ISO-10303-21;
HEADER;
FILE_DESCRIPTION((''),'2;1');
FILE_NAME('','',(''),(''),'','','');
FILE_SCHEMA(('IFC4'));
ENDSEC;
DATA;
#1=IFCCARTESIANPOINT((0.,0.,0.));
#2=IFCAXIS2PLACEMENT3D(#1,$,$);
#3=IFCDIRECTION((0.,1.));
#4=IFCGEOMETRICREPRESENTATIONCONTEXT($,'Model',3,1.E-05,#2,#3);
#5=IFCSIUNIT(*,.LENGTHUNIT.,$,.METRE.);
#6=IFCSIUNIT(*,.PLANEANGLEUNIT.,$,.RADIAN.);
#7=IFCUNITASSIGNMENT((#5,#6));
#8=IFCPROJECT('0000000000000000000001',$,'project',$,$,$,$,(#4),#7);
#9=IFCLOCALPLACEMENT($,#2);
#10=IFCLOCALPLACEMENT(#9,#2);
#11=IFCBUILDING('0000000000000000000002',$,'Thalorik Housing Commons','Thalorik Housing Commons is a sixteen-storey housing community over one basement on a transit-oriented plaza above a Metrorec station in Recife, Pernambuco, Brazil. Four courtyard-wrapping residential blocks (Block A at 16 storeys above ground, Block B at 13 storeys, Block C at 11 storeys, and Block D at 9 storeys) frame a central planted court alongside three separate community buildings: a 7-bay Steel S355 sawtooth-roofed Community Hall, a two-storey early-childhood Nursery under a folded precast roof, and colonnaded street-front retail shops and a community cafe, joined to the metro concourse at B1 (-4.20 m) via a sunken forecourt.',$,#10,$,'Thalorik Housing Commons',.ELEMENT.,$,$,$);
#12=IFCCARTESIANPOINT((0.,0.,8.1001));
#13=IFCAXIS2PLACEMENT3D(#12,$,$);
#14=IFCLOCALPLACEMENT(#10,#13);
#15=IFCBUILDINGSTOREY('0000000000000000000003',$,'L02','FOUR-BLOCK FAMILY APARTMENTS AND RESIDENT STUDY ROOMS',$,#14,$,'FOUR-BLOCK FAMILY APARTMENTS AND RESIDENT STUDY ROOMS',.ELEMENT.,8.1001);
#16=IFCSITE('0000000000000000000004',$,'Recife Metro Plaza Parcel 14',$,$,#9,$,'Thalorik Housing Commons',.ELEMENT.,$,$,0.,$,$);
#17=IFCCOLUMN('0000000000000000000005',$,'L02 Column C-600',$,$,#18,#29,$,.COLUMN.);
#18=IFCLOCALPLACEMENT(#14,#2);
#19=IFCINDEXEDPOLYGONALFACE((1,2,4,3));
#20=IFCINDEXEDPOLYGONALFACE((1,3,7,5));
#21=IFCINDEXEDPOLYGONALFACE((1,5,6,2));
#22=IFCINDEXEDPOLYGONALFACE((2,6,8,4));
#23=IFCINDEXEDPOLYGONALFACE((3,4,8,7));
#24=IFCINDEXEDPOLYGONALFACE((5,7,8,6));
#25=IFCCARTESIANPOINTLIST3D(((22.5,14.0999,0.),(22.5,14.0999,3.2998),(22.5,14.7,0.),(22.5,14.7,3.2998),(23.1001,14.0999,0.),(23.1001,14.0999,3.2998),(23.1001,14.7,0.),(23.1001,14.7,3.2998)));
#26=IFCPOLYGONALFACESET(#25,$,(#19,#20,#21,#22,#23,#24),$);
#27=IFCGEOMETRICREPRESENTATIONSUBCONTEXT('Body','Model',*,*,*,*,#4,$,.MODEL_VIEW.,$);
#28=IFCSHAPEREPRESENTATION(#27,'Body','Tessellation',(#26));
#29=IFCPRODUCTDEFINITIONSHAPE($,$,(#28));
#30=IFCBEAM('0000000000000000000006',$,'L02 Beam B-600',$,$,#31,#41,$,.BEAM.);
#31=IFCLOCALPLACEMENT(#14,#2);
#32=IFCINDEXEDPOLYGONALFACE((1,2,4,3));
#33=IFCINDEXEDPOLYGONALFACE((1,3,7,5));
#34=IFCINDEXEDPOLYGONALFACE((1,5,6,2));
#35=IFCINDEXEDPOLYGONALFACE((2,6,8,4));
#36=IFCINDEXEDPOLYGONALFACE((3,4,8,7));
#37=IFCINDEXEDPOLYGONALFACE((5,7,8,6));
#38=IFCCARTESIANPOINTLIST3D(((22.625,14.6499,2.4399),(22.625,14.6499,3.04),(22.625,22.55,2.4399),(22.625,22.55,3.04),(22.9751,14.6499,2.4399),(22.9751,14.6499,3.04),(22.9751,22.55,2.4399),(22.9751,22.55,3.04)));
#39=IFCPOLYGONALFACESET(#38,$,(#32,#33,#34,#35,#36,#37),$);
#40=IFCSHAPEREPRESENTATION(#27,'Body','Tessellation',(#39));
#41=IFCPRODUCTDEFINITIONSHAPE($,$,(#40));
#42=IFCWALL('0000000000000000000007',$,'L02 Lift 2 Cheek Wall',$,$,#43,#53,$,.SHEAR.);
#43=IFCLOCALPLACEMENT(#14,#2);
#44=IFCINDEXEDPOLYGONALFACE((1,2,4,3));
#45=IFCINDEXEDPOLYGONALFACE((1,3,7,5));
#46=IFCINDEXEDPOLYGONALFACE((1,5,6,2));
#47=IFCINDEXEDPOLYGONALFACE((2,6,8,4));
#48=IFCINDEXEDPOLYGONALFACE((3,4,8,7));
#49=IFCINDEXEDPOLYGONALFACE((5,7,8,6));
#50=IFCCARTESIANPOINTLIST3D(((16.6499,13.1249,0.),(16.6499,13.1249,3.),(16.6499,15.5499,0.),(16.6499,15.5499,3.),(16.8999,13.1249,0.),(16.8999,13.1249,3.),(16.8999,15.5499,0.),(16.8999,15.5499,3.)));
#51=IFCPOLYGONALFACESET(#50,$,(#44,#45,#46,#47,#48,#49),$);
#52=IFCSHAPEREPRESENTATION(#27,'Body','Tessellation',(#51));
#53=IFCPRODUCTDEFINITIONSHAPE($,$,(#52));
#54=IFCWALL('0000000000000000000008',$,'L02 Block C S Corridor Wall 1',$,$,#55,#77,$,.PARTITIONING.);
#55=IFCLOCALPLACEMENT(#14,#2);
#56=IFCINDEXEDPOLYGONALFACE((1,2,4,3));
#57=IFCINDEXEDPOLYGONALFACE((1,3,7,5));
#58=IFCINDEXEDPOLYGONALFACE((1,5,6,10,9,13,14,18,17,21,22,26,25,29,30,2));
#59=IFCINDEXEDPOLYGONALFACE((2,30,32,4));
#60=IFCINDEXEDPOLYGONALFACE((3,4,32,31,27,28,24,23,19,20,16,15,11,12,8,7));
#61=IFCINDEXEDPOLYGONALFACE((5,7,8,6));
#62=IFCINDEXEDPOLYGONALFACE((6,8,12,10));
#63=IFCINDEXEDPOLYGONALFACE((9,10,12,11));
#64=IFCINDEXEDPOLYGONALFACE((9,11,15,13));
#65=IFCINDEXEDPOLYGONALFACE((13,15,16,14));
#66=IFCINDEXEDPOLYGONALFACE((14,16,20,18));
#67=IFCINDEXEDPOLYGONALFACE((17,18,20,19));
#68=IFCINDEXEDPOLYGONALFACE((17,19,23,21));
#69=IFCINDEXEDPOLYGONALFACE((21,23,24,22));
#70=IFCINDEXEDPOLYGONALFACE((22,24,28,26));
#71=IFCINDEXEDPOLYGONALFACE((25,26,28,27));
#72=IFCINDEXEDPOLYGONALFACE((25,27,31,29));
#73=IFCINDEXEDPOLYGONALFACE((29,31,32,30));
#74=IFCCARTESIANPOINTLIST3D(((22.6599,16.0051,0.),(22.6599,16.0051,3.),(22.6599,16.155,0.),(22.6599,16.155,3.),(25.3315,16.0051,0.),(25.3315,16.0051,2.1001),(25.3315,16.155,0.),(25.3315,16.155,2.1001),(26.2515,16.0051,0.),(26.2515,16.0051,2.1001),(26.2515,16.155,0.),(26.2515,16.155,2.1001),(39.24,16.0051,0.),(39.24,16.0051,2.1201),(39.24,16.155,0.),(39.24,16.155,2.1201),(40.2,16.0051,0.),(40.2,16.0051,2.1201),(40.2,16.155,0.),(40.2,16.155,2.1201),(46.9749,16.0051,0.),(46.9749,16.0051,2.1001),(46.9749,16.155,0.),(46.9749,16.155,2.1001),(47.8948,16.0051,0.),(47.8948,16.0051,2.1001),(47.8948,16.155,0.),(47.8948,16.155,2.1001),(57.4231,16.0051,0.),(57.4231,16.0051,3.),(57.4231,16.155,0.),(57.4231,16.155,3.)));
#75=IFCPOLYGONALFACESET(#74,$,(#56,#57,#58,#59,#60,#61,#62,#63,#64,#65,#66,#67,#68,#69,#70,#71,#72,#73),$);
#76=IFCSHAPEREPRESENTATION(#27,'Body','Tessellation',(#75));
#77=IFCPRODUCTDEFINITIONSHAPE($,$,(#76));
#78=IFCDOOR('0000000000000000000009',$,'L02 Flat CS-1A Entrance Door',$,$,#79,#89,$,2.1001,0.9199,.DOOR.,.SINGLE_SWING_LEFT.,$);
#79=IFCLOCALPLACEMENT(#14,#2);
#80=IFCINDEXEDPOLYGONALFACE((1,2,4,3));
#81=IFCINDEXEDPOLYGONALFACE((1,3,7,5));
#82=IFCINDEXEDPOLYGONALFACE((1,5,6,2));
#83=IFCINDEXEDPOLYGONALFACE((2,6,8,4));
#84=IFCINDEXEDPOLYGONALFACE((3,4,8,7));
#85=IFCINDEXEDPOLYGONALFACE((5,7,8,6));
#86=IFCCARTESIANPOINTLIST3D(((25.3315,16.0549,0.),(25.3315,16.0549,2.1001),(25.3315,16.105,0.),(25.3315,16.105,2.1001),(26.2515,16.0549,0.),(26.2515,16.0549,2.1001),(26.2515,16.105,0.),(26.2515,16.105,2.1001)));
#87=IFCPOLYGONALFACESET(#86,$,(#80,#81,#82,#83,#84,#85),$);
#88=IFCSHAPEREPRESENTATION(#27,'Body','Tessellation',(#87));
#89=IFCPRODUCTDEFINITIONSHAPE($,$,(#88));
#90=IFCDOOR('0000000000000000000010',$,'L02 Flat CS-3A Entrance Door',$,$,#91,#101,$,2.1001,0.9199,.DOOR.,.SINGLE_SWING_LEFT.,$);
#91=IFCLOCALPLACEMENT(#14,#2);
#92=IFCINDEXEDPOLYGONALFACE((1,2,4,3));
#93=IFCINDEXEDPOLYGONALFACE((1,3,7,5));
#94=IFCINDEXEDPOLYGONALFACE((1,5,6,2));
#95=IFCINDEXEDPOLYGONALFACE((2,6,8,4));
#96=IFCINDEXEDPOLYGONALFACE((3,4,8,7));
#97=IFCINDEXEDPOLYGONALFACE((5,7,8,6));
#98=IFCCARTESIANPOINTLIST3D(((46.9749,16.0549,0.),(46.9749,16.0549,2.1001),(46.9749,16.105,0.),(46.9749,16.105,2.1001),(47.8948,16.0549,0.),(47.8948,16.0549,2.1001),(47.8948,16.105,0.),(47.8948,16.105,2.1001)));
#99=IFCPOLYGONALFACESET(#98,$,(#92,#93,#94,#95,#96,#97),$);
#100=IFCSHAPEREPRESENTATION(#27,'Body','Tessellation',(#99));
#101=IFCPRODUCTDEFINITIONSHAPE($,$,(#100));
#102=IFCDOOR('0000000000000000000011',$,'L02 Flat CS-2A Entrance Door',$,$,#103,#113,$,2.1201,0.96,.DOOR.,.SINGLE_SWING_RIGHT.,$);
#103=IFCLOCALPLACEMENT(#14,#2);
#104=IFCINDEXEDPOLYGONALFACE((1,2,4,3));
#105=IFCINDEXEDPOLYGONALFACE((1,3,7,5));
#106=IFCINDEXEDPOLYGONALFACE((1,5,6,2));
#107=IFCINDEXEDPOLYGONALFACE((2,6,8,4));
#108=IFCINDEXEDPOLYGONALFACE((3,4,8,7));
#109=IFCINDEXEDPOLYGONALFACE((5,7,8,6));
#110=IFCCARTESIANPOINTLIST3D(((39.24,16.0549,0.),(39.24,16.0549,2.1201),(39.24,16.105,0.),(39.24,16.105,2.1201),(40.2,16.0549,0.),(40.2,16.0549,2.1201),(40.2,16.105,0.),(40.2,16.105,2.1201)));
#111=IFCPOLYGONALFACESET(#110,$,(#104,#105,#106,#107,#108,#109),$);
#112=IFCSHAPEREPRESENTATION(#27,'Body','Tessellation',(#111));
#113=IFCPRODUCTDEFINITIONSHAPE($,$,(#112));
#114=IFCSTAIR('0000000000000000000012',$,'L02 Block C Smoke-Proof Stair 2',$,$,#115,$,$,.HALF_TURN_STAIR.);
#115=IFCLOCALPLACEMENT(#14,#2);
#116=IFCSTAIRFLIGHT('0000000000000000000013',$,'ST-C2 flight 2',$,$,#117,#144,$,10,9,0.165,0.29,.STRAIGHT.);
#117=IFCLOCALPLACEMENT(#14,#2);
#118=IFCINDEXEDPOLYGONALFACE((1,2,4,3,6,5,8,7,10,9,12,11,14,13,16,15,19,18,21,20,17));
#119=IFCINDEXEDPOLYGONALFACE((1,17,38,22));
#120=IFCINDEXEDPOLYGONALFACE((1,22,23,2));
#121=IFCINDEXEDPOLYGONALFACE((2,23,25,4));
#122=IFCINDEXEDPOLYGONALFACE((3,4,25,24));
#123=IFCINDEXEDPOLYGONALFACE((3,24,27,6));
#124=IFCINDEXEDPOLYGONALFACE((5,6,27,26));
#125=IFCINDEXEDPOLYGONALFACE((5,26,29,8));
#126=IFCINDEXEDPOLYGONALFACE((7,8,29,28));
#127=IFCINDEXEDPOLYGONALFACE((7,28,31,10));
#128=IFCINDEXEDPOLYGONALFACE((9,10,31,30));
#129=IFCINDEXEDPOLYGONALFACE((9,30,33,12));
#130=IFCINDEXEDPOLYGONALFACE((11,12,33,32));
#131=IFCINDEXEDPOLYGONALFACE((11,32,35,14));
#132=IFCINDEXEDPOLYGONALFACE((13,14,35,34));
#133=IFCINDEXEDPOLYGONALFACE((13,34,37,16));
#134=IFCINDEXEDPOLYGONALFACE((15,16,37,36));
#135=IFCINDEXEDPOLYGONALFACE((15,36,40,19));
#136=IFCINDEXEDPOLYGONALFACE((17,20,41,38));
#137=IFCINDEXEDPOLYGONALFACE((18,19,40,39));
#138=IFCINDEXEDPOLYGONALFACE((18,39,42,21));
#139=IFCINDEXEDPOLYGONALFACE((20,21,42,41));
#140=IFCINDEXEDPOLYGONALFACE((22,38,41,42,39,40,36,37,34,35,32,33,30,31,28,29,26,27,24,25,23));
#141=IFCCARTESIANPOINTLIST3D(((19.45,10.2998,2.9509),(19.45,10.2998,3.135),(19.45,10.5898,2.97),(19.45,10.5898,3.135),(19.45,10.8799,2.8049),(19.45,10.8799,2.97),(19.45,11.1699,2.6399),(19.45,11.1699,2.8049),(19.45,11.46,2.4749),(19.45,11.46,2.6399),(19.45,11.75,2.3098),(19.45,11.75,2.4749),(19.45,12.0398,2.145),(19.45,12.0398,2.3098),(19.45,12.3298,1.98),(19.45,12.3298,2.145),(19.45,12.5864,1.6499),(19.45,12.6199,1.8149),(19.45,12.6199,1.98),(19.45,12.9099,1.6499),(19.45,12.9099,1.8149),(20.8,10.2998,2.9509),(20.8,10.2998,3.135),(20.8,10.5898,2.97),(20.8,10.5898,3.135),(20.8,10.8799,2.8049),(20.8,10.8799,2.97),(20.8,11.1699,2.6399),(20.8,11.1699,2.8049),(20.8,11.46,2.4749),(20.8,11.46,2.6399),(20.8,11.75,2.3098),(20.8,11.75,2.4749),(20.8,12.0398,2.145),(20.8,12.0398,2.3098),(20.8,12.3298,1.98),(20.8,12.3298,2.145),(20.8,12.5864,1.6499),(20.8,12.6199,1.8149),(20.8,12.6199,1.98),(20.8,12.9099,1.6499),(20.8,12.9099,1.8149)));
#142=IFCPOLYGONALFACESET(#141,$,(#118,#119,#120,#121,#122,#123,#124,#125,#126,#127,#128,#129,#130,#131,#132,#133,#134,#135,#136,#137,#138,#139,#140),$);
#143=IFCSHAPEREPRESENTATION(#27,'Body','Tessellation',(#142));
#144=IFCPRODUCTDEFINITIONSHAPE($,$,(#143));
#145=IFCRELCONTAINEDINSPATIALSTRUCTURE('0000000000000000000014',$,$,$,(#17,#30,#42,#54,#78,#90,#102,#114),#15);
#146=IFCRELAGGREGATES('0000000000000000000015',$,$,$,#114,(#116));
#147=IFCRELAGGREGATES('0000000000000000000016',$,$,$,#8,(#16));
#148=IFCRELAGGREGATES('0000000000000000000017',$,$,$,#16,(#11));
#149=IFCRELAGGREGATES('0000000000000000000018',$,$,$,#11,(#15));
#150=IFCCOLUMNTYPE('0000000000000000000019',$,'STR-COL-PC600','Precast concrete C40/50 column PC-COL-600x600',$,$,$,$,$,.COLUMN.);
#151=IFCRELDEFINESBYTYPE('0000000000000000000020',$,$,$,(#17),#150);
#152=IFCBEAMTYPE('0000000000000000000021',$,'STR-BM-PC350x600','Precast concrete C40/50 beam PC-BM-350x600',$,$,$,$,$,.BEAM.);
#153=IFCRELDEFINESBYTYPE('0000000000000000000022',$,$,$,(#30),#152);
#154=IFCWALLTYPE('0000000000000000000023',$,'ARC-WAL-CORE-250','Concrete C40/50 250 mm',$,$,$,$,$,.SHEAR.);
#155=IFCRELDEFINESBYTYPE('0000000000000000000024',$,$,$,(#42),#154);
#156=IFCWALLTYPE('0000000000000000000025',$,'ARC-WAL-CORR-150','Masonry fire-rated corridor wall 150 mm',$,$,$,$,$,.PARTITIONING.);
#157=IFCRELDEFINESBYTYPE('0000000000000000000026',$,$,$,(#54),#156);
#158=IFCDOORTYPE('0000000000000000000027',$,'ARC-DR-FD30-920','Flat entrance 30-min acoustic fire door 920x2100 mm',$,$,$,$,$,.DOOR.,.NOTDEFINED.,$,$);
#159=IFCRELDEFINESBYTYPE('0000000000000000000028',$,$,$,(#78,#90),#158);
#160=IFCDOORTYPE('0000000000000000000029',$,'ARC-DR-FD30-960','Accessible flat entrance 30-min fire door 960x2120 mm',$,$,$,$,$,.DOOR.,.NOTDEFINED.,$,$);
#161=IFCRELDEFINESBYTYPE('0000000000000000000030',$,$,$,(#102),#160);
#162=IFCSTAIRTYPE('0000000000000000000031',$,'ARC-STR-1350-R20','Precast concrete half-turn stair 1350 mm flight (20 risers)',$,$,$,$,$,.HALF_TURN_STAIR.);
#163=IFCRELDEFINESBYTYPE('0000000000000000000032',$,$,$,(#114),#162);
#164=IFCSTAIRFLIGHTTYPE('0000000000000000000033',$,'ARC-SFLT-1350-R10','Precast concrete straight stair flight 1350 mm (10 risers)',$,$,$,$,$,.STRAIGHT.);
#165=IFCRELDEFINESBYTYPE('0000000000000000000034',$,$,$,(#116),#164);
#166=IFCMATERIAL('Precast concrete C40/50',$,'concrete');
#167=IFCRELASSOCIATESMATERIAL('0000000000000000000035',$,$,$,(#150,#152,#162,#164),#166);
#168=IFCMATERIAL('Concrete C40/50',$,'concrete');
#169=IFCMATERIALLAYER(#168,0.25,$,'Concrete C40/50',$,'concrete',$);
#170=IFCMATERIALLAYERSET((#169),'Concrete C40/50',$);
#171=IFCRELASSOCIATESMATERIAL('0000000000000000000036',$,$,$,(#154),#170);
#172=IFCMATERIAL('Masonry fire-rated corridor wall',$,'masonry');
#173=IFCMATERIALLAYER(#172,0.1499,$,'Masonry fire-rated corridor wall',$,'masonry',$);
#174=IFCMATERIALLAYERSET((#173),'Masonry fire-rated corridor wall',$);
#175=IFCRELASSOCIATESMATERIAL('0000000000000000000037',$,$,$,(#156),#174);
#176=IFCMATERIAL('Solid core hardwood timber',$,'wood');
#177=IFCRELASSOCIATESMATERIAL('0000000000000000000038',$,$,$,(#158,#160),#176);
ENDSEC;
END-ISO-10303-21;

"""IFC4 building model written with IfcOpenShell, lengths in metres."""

from ifc_helpers import new_model, si_unit, direction, frame, frame_2d, origin, origin_2d, place, context, subcontext, project, spatial, polyline, rectangle, outline, extrude, material, layer, layer_set, material_profile, profile_set, type_object, element, fill, aggregate, save


model = new_model("IFC4")

# Units and contexts
model_context = context("Model", 3, precision=1e-05, world=origin(), true_north=direction((0.0, 1.0)))
body_context = subcontext(model_context, "Body", "Model", "MODEL_VIEW")
ifc_project = project(units=[si_unit("LENGTHUNIT", "METRE"), si_unit("PLANEANGLEUNIT", "RADIAN")], contexts=[model_context])

# Site, building, storey
site_placement = place(None, origin())
site = spatial("IfcSite", under=ifc_project, at=site_placement, Name="Recife Metro Plaza Parcel 14", LongName="Thalorik Housing Commons", CompositionType="ELEMENT", RefElevation=0.0)
building_placement = place(site_placement, origin())
building = spatial("IfcBuilding", under=site, at=building_placement, Name="Thalorik Housing Commons", Description="Thalorik Housing Commons is a sixteen-storey housing community over one basement on a transit-oriented plaza above a Metrorec station in Recife, Pernambuco, Brazil. Four courtyard-wrapping residential blocks (Block A at 16 storeys above ground, Block B at 13 storeys, Block C at 11 storeys, and Block D at 9 storeys) frame a central planted court alongside three separate community buildings: a 7-bay Steel S355 sawtooth-roofed Community Hall, a two-storey early-childhood Nursery under a folded precast roof, and colonnaded street-front retail shops and a community cafe, joined to the metro concourse at B1 (-4.20 m) via a sunken forecourt.", LongName="Thalorik Housing Commons", CompositionType="ELEMENT")
storey_placement = place(building_placement, frame((0.0, 0.0, 8.1001)))
storey = spatial("IfcBuildingStorey", under=building, at=storey_placement, Name="L02", Description="FOUR-BLOCK FAMILY APARTMENTS AND RESIDENT STUDY ROOMS", LongName="FOUR-BLOCK FAMILY APARTMENTS AND RESIDENT STUDY ROOMS", CompositionType="ELEMENT", Elevation=8.1001)

# Column
ifc_material_1 = material(Name="Precast concrete C40/50", Category="concrete")
ifc_material_profile_1 = material_profile(ifc_material_1, rectangle(XDim=0.6001, YDim=0.6001, at=origin_2d()), Name="PC 600x600", Category="concrete")
ifc_profile_set_1 = profile_set([ifc_material_profile_1], Name="Precast concrete C40/50")
column_type = type_object("IfcColumnType", Name="STR-COL-PC600", Description="Precast concrete C40/50 column PC-COL-600x600", PredefinedType="COLUMN", material=ifc_profile_set_1)
column_placement = place(storey_placement, frame((22.8, 14.3999, 0.0), z_axis=(0.0, 0.0, 1.0), x_axis=(1.0, 0.0, 0.0)))
element("IfcColumn", 1, at=column_placement, inside=storey, type_object=column_type, Name="L02 Column C-600", PredefinedType="COLUMN", context=body_context, shape_type="SweptSolid", body=[
    extrude(rectangle(XDim=0.6001, YDim=0.6001, at=origin_2d()), origin(), (0.0, 0.0, 1.0), 3.2998),
])

# Beam
ifc_material_profile_2 = material_profile(ifc_material_1, rectangle(XDim=0.3501, YDim=0.6001, at=origin_2d()), Name="PC 350x600", Category="concrete")
ifc_profile_set_2 = profile_set([ifc_material_profile_2], Name="Precast concrete C40/50")
beam_type = type_object("IfcBeamType", Name="STR-BM-PC350x600", Description="Precast concrete C40/50 beam PC-BM-350x600", PredefinedType="BEAM", material=ifc_profile_set_2)
beam_placement = place(storey_placement, frame((22.8, 14.6499, 2.74), z_axis=(0.0, 1.0, 0.0), x_axis=(-1.0, 0.0, 0.0)))
element("IfcBeam", 2, at=beam_placement, inside=storey, type_object=beam_type, Name="L02 Beam B-600", PredefinedType="BEAM", context=body_context, shape_type="SweptSolid", body=[
    extrude(rectangle(XDim=0.3501, YDim=0.6001, at=origin_2d()), origin(), (0.0, 0.0, 1.0), 7.9001),
])

# Shared definitions
ifc_material_2 = material(Name="Concrete C40/50", Category="concrete")
ifc_layer_1 = layer(ifc_material_2, 0.25, Name="Concrete C40/50", Category="concrete")
ifc_layer_set_1 = layer_set([ifc_layer_1], Name="Concrete C40/50")
wall_type_1 = type_object("IfcWallType", Name="ARC-WAL-CORE-250", Description="Concrete C40/50 250 mm", PredefinedType="SHEAR", material=ifc_layer_set_1)

# Wall
wall_1_placement = place(storey_placement, frame((16.7749, 13.125, 0.0), z_axis=(0.0, 0.0, 1.0), x_axis=(0.0, 1.0, 0.0)))
element("IfcWall", 3, at=wall_1_placement, inside=storey, type_object=wall_type_1, Name="L02 Lift 2 Cheek Wall", PredefinedType="SHEAR", context=body_context, shape_type="SweptSolid", body=[
    extrude(rectangle(XDim=2.425, YDim=0.25, at=frame_2d((1.2124, 0.0))), origin(), (0.0, 0.0, 1.0), 3.0),
])

# Wall, openings, doors
ifc_material_3 = material(Name="Masonry fire-rated corridor wall", Category="masonry")
ifc_layer_2 = layer(ifc_material_3, 0.1499, Name="Masonry fire-rated corridor wall", Category="masonry")
ifc_layer_set_2 = layer_set([ifc_layer_2], Name="Masonry fire-rated corridor wall")
wall_type_2 = type_object("IfcWallType", Name="ARC-WAL-CORR-150", Description="Masonry fire-rated corridor wall 150 mm", PredefinedType="PARTITIONING", material=ifc_layer_set_2)
wall_2_placement = place(storey_placement, frame((22.6599, 16.0801, 0.0), z_axis=(0.0, 0.0, 1.0), x_axis=(1.0, 0.0, 0.0)))
wall_2 = element("IfcWall", 4, at=wall_2_placement, inside=storey, type_object=wall_type_2, Name="L02 Block C S Corridor Wall 1", PredefinedType="PARTITIONING", context=body_context, shape_type="SweptSolid", body=[
    extrude(rectangle(XDim=34.7632, YDim=0.1499, at=frame_2d((17.3816, 0.0))), origin(), (0.0, 0.0, 1.0), 3.0),
])
opening_1_placement = place(wall_2_placement, frame((2.6716, 0.0, 0.0)))
opening_1 = element("IfcOpeningElement", 5, at=opening_1_placement, cuts=wall_2, PredefinedType="OPENING", context=body_context, shape_type="SweptSolid", body=[
    extrude(rectangle(XDim=0.9199, YDim=2.1001, at=frame_2d((0.46, 1.05))), frame((0.0, 0.085, 0.0), z_axis=(0.0, -1.0, 0.0), x_axis=(1.0, 0.0, 0.0)), (0.0, 0.0, 1.0), 0.1699),
])
opening_2_placement = place(wall_2_placement, frame((16.5801, 0.0, 0.0)))
opening_2 = element("IfcOpeningElement", 6, at=opening_2_placement, cuts=wall_2, PredefinedType="OPENING", context=body_context, shape_type="SweptSolid", body=[
    extrude(rectangle(XDim=0.96, YDim=2.1201, at=frame_2d((0.48, 1.0601))), frame((0.0, 0.085, 0.0), z_axis=(0.0, -1.0, 0.0), x_axis=(1.0, 0.0, 0.0)), (0.0, 0.0, 1.0), 0.1699),
])
opening_3_placement = place(wall_2_placement, frame((24.3149, 0.0, 0.0)))
opening_3 = element("IfcOpeningElement", 7, at=opening_3_placement, cuts=wall_2, PredefinedType="OPENING", context=body_context, shape_type="SweptSolid", body=[
    extrude(rectangle(XDim=0.9199, YDim=2.1001, at=frame_2d((0.46, 1.05))), frame((0.0, 0.085, 0.0), z_axis=(0.0, -1.0, 0.0), x_axis=(1.0, 0.0, 0.0)), (0.0, 0.0, 1.0), 0.1699),
])
ifc_material_4 = material(Name="Solid core hardwood timber", Category="wood")
door_type_1 = type_object("IfcDoorType", Name="ARC-DR-FD30-920", Description="Flat entrance 30-min acoustic fire door 920x2100 mm", OperationType="NOTDEFINED", PredefinedType="DOOR", material=ifc_material_4)
door_1_placement = place(opening_1_placement, origin())
door_1 = element("IfcDoor", 8, at=door_1_placement, inside=storey, type_object=door_type_1, Name="L02 Flat CS-1A Entrance Door", OperationType="SINGLE_SWING_LEFT", OverallHeight=2.1001, OverallWidth=0.9199, PredefinedType="DOOR", context=body_context, shape_type="SweptSolid", body=[
    extrude(rectangle(XDim=0.9199, YDim=2.1001, at=frame_2d((0.46, 1.05))), frame((0.0, 0.0249, 0.0), z_axis=(0.0, -1.0, 0.0), x_axis=(1.0, 0.0, 0.0)), (0.0, 0.0, 1.0), 0.05),
])
fill(opening_1, door_1)
door_2_placement = place(opening_3_placement, origin())
door_2 = element("IfcDoor", 9, at=door_2_placement, inside=storey, type_object=door_type_1, Name="L02 Flat CS-3A Entrance Door", OperationType="SINGLE_SWING_LEFT", OverallHeight=2.1001, OverallWidth=0.9199, PredefinedType="DOOR", context=body_context, shape_type="SweptSolid", body=[
    extrude(rectangle(XDim=0.9199, YDim=2.1001, at=frame_2d((0.46, 1.05))), frame((0.0, 0.0249, 0.0), z_axis=(0.0, -1.0, 0.0), x_axis=(1.0, 0.0, 0.0)), (0.0, 0.0, 1.0), 0.05),
])
fill(opening_3, door_2)
door_type_2 = type_object("IfcDoorType", Name="ARC-DR-FD30-960", Description="Accessible flat entrance 30-min fire door 960x2120 mm", OperationType="NOTDEFINED", PredefinedType="DOOR", material=ifc_material_4)
door_3_placement = place(opening_2_placement, origin())
door_3 = element("IfcDoor", 10, at=door_3_placement, inside=storey, type_object=door_type_2, Name="L02 Flat CS-2A Entrance Door", OperationType="SINGLE_SWING_RIGHT", OverallHeight=2.1201, OverallWidth=0.96, PredefinedType="DOOR", context=body_context, shape_type="SweptSolid", body=[
    extrude(rectangle(XDim=0.96, YDim=2.1201, at=frame_2d((0.48, 1.0601))), frame((0.0, 0.0249, 0.0), z_axis=(0.0, -1.0, 0.0), x_axis=(1.0, 0.0, 0.0)), (0.0, 0.0, 1.0), 0.05),
])
fill(opening_2, door_3)

# Stair, stair flight
stair_type = type_object("IfcStairType", Name="ARC-STR-1350-R20", Description="Precast concrete half-turn stair 1350 mm flight (20 risers)", PredefinedType="HALF_TURN_STAIR", material=ifc_material_1)
stair_placement = place(storey_placement, origin())
stair = element("IfcStair", 11, at=stair_placement, inside=storey, type_object=stair_type, Name="L02 Block C Smoke-Proof Stair 2", PredefinedType="HALF_TURN_STAIR")
stair_flight_type = type_object("IfcStairFlightType", Name="ARC-SFLT-1350-R10", Description="Precast concrete straight stair flight 1350 mm (10 risers)", PredefinedType="STRAIGHT", material=ifc_material_1)
stair_flight_placement = place(storey_placement, frame((20.125, 12.9099, 1.6499), z_axis=(0.0, 0.0, 1.0), x_axis=(0.0, -1.0, 0.0)))
stair_flight = element("IfcStairFlight", 12, at=stair_flight_placement, type_object=stair_flight_type, Name="ST-C2 flight 2", NumberOfRisers=10, NumberOfTreads=9, PredefinedType="STRAIGHT", RiserHeight=0.165, TreadLength=0.29, context=body_context, shape_type="SweptSolid", body=[
    extrude(outline(polyline([(0.0, 0.0), (0.0, 0.165), (0.29, 0.165), (0.29, 0.3301), (0.5801, 0.3301), (0.5801, 0.4951), (0.8701, 0.4951), (0.8701, 0.6599), (1.1599, 0.6599), (1.1599, 0.825), (1.45, 0.825), (1.45, 0.99), (1.74, 0.99), (1.74, 1.155), (2.03, 1.155), (2.03, 1.3201), (2.3201, 1.3201), (2.3201, 1.4851), (2.6101, 1.4851), (2.6101, 1.6499), (2.6101, 1.301), (0.3235, 0.0), (0.0, 0.0)])), frame((0.0, 0.675, 0.0), z_axis=(0.0, -1.0, 0.0), x_axis=(1.0, 0.0, 0.0)), (0.0, 0.0, 1.0), 1.3501),
])
aggregate(stair, [stair_flight])

save(model, "model.ifc")
